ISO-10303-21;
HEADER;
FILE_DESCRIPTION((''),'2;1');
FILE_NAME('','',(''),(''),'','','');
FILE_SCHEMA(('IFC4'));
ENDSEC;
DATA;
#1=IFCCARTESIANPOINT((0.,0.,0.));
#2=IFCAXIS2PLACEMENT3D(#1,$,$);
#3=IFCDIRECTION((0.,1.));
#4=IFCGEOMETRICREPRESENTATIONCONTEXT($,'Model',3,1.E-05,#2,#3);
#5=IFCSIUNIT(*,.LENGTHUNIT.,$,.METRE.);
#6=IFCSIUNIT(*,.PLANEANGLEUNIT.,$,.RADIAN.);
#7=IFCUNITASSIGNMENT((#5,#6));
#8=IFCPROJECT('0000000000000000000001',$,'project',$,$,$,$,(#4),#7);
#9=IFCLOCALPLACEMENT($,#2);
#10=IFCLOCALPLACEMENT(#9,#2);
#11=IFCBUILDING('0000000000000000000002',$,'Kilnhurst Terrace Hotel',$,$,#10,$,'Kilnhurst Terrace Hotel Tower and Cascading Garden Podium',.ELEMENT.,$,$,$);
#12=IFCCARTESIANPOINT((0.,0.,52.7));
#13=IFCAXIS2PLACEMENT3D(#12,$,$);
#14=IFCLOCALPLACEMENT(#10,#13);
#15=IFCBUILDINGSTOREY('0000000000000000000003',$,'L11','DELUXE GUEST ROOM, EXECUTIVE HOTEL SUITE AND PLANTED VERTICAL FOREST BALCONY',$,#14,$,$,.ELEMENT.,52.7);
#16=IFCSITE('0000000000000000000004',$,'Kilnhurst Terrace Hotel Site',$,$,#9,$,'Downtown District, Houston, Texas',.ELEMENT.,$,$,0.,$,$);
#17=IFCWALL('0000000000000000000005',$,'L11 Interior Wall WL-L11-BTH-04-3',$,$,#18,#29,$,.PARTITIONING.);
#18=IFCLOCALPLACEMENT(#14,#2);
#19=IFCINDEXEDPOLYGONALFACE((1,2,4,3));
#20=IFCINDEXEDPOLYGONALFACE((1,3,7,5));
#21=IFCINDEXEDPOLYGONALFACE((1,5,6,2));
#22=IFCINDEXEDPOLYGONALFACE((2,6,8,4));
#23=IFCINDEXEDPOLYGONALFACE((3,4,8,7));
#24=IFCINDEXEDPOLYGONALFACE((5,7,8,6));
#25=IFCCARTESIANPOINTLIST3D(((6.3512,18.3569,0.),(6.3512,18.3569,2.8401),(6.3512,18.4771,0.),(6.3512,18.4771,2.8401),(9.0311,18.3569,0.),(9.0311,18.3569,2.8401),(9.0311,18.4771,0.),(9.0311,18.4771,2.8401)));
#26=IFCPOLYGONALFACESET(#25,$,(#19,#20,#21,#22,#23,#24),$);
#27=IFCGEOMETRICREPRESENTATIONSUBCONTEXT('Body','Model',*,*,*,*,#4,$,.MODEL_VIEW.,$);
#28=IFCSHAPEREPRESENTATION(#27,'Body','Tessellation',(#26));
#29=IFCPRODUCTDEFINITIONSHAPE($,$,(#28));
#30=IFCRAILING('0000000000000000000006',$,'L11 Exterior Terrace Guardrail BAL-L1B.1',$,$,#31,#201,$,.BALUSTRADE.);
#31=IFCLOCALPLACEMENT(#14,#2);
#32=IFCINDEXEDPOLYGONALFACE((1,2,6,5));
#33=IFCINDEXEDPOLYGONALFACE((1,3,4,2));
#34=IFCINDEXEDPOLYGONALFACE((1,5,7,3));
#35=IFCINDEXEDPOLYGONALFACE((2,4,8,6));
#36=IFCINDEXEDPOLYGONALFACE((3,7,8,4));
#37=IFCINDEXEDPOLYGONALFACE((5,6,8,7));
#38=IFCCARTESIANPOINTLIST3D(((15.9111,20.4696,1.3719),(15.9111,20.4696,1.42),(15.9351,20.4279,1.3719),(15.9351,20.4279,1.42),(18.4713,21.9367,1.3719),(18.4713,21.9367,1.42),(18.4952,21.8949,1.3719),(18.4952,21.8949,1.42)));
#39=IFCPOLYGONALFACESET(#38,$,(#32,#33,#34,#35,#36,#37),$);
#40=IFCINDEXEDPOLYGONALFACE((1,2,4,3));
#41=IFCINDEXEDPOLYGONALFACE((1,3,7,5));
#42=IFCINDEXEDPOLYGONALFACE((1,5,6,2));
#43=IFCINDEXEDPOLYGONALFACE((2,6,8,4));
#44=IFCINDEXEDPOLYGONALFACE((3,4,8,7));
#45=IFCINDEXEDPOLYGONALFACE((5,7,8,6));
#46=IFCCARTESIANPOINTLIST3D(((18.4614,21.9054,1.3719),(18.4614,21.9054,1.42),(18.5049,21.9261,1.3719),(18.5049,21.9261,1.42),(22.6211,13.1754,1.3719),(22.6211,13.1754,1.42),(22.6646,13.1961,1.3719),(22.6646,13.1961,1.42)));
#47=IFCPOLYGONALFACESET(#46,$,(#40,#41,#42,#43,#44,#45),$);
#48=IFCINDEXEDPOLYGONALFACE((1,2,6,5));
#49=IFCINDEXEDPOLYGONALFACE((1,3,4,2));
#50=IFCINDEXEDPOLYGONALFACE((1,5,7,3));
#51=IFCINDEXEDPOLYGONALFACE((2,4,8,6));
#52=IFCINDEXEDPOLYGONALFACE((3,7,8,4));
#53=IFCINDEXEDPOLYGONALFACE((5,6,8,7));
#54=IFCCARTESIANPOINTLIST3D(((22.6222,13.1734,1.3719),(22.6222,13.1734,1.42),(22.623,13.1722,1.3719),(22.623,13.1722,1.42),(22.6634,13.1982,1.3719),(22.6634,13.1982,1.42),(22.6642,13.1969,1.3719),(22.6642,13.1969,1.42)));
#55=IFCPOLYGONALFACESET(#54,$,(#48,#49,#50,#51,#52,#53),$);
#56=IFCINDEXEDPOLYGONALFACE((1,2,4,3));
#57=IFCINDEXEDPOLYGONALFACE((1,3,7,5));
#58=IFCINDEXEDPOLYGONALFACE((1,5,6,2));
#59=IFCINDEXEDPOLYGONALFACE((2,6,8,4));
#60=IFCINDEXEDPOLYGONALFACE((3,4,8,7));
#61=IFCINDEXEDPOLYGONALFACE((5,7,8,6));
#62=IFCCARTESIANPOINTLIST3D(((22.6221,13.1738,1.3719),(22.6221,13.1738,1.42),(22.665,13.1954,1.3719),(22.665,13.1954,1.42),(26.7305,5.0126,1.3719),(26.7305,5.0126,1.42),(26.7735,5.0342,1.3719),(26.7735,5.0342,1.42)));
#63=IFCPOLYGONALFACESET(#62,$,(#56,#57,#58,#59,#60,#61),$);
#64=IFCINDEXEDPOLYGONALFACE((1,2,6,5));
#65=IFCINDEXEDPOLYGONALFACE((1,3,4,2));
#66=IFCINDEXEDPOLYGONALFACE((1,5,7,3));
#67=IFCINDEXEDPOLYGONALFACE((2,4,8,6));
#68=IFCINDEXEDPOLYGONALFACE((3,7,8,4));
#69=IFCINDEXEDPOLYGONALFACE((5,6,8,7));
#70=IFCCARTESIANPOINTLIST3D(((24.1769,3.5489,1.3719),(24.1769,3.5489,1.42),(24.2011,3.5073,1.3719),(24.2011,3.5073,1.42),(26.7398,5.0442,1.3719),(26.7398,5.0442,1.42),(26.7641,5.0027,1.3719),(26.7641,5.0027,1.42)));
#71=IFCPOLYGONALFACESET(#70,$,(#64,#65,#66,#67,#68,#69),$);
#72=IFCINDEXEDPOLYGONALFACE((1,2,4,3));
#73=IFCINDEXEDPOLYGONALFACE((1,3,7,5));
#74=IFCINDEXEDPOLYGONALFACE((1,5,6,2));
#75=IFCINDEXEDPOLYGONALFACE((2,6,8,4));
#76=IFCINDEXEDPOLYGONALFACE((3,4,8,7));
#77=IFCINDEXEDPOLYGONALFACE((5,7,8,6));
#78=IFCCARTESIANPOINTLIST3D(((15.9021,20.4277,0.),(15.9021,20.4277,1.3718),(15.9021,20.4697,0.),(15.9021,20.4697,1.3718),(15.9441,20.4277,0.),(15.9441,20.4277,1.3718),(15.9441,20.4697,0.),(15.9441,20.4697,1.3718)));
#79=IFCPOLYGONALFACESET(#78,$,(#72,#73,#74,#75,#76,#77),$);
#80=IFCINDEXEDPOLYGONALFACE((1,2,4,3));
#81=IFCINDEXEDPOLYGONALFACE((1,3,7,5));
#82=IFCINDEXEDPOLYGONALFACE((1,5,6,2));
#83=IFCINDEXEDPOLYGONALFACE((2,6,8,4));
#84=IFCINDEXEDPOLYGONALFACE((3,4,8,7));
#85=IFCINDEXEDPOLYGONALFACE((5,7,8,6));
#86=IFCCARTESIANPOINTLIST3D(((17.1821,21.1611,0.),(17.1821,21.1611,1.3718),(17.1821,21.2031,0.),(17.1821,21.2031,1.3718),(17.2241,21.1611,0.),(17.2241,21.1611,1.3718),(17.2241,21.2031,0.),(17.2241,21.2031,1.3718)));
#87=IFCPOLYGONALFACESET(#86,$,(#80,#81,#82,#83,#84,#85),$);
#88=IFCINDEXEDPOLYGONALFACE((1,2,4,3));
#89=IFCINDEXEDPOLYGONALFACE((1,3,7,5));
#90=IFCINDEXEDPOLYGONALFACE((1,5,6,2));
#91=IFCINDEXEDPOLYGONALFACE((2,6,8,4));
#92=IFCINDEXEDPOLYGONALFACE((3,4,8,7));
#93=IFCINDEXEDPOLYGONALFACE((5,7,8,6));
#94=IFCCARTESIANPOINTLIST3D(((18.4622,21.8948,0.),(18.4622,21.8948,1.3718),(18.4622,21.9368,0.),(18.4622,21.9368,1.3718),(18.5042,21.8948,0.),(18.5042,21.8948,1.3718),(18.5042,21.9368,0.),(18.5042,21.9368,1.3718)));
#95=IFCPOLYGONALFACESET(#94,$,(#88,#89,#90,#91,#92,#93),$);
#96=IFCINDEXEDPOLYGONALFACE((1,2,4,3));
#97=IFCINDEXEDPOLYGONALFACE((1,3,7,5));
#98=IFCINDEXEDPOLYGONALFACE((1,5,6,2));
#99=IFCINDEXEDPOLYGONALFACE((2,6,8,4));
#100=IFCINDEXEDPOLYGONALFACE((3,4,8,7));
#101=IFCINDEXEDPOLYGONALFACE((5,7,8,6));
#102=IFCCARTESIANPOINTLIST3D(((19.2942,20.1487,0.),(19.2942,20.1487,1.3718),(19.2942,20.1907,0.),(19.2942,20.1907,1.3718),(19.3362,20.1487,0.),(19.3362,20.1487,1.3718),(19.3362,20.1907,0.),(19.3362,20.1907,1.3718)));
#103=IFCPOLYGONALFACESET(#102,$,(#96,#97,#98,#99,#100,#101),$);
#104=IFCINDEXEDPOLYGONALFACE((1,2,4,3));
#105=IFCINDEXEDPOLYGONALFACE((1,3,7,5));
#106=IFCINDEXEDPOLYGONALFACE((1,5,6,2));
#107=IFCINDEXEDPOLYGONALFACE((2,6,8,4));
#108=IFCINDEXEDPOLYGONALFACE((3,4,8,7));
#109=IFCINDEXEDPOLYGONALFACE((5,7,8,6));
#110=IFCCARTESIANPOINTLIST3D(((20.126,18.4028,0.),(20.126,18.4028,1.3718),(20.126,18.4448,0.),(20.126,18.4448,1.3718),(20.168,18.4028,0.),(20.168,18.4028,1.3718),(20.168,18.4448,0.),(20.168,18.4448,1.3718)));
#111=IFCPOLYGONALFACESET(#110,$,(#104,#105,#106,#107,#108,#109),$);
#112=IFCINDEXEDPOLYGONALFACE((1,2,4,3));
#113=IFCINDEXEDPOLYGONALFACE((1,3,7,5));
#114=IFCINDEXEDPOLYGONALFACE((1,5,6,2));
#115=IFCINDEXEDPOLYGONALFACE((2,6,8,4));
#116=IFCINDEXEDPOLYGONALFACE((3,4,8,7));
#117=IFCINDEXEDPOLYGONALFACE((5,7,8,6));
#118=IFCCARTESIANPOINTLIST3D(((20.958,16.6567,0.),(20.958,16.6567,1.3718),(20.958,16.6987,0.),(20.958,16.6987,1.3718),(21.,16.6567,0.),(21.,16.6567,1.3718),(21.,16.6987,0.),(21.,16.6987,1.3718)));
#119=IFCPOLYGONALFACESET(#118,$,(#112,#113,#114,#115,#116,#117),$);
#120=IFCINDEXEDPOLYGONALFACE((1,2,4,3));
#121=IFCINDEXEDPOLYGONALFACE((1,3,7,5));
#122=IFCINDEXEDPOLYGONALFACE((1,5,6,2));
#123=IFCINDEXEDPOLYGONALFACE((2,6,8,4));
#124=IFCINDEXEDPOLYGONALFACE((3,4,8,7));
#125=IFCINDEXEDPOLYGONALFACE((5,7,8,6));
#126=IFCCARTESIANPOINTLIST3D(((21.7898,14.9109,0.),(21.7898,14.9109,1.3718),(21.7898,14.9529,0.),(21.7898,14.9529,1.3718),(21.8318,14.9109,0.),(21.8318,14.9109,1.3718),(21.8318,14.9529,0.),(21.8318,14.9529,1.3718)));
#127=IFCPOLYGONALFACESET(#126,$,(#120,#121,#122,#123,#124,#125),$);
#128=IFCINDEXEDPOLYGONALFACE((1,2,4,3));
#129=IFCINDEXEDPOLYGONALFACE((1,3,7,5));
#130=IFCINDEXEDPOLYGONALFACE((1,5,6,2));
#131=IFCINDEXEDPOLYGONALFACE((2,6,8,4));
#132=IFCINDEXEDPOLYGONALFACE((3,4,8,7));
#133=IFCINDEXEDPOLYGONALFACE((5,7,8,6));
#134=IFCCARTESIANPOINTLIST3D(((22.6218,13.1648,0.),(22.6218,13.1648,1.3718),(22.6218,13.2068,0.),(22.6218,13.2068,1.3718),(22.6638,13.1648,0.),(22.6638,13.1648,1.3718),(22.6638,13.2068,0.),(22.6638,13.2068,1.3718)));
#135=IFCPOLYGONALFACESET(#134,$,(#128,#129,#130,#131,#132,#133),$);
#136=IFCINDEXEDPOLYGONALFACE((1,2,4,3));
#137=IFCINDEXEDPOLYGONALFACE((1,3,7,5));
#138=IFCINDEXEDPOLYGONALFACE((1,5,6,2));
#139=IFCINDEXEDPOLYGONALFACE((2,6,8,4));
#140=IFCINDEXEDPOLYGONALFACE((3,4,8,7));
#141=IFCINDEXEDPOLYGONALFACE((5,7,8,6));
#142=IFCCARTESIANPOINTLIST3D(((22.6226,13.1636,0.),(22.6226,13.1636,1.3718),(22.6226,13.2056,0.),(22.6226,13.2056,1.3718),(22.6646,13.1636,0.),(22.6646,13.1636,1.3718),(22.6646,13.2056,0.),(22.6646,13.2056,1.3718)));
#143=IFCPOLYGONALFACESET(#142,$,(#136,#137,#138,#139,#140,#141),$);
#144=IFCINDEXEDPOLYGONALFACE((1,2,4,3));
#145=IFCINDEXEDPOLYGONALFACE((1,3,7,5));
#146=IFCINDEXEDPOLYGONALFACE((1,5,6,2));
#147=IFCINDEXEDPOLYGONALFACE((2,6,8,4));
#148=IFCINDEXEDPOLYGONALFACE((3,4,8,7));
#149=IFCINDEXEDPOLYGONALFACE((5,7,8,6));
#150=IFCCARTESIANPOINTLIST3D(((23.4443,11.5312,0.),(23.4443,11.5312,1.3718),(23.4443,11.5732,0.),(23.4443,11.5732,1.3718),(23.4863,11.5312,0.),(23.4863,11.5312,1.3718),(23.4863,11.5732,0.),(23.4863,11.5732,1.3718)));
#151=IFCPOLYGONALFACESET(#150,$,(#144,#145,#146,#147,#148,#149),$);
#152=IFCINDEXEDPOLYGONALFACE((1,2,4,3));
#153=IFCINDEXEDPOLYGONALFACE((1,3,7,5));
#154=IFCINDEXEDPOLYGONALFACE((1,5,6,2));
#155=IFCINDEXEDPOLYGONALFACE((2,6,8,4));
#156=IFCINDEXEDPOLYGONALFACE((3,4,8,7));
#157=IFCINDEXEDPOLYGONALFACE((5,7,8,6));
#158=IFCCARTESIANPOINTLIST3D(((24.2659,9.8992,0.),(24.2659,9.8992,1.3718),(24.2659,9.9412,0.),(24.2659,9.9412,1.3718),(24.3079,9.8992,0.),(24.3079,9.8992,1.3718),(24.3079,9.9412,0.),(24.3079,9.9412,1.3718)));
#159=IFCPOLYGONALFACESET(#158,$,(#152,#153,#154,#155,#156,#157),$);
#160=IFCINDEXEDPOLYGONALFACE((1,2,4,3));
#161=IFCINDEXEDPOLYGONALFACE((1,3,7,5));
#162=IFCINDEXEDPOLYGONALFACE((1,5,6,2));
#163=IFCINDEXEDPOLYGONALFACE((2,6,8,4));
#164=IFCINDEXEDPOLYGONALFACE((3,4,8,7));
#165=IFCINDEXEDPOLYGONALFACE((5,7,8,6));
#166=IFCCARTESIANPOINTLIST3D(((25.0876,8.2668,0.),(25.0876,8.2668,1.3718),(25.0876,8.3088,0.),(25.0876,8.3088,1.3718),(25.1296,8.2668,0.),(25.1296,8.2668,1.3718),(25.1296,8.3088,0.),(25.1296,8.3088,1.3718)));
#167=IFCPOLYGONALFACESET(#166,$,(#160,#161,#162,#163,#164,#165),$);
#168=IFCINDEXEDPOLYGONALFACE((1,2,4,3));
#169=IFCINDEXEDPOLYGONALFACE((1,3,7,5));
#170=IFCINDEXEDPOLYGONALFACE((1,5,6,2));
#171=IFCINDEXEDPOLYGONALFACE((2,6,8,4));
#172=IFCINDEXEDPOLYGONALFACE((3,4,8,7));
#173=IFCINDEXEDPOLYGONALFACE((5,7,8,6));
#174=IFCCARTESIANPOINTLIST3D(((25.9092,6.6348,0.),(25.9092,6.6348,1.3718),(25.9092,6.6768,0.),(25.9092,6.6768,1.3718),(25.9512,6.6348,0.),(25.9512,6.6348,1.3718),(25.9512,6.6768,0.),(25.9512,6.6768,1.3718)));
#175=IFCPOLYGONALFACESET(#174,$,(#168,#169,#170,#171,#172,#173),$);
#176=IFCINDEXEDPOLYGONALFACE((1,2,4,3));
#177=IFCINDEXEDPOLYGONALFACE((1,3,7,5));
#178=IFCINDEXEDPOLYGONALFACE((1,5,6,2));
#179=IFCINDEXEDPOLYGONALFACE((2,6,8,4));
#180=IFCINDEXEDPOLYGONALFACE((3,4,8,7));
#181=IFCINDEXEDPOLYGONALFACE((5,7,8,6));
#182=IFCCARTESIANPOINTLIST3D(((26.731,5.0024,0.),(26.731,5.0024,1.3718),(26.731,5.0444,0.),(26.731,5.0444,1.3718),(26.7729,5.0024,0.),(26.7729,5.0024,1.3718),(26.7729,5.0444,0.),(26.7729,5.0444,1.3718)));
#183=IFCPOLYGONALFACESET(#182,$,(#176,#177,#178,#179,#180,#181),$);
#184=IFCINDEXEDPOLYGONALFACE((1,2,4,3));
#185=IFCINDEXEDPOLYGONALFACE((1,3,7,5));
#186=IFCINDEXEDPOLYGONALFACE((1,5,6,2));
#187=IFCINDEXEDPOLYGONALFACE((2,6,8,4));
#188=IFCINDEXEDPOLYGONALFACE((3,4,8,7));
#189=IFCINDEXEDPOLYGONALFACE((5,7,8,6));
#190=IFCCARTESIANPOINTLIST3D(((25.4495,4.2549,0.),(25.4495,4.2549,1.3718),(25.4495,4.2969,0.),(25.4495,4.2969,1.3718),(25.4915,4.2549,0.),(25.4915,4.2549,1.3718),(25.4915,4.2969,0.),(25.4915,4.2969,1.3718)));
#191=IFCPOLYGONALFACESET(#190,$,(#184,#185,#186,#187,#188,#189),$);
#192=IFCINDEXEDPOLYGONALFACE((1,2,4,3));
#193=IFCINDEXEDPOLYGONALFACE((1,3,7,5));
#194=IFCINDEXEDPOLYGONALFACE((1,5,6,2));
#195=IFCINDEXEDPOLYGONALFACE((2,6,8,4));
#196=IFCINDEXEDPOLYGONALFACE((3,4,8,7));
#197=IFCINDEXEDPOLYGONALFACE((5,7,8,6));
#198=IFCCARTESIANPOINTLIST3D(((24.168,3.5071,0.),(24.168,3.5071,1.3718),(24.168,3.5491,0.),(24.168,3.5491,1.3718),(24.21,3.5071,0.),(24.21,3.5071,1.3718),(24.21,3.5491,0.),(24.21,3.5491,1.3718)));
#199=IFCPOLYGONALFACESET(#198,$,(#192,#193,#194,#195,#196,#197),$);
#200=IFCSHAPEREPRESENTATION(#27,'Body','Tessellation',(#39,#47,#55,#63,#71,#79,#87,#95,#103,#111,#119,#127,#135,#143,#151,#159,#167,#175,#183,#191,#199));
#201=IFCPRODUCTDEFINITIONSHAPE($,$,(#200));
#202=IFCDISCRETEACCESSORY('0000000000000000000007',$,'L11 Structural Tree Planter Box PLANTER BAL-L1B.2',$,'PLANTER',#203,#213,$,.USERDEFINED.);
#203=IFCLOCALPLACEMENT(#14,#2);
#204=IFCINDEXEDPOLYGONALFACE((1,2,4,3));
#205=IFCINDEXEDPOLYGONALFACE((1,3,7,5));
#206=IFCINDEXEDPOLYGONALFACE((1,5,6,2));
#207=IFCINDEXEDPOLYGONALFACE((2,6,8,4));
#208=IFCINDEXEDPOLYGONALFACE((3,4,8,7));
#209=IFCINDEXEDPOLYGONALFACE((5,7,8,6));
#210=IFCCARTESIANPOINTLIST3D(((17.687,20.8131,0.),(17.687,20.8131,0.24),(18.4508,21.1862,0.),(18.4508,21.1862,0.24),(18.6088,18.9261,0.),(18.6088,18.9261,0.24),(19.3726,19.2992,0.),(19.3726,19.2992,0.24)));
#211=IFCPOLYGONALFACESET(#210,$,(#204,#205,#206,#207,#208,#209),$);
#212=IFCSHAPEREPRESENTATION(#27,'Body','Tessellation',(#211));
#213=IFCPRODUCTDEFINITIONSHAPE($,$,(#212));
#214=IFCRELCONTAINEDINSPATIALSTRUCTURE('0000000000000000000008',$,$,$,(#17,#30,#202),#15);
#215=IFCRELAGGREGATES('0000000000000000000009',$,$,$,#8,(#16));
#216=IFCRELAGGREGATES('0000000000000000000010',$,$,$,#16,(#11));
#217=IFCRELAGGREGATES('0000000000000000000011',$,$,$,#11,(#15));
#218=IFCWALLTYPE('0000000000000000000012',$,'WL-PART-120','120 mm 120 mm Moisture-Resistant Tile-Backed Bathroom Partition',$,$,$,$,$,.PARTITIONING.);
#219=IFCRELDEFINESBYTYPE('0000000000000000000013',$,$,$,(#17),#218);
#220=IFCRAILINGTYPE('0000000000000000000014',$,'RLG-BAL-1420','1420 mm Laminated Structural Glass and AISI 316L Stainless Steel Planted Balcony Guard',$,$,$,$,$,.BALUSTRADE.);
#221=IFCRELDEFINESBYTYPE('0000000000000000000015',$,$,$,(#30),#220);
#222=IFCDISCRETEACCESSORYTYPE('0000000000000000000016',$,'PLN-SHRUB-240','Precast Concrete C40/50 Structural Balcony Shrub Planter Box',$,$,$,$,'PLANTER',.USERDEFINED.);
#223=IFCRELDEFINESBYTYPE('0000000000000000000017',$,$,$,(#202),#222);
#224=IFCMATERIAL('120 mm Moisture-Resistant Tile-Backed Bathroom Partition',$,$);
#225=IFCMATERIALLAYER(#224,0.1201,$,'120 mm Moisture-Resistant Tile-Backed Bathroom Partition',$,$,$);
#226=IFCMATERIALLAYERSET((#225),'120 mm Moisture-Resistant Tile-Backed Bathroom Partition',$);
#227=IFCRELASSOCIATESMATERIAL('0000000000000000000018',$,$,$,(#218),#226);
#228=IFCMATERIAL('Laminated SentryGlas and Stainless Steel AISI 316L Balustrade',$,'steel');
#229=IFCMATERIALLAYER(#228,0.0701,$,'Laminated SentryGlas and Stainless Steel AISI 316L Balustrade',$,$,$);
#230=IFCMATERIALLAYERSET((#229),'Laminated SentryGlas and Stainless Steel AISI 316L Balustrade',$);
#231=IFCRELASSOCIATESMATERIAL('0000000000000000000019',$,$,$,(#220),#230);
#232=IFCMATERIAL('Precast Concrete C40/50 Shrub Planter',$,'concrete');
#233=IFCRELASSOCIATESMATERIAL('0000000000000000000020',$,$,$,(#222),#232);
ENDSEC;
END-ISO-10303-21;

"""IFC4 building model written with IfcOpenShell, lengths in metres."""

from ifc_helpers import new_model, si_unit, direction, frame, frame_2d, origin, origin_2d, place, context, subcontext, project, spatial, rectangle, extrude, material, layer, layer_set, type_object, element, save


model = new_model("IFC4")

# Units and contexts
model_context = context("Model", 3, precision=1e-05, world=origin(), true_north=direction((0.0, 1.0)))
body_context = subcontext(model_context, "Body", "Model", "MODEL_VIEW")
ifc_project = project(units=[si_unit("LENGTHUNIT", "METRE"), si_unit("PLANEANGLEUNIT", "RADIAN")], contexts=[model_context])

# Site, building, storey
site_placement = place(None, origin())
site = spatial("IfcSite", under=ifc_project, at=site_placement, Name="Kilnhurst Terrace Hotel Site", LongName="Downtown District, Houston, Texas", CompositionType="ELEMENT", RefElevation=0.0)
building_placement = place(site_placement, origin())
building = spatial("IfcBuilding", under=site, at=building_placement, Name="Kilnhurst Terrace Hotel", LongName="Kilnhurst Terrace Hotel Tower and Cascading Garden Podium", CompositionType="ELEMENT")
storey_placement = place(building_placement, frame((0.0, 0.0, 52.7)))
storey = spatial("IfcBuildingStorey", under=building, at=storey_placement, Name="L11", Description="DELUXE GUEST ROOM, EXECUTIVE HOTEL SUITE AND PLANTED VERTICAL FOREST BALCONY", CompositionType="ELEMENT", Elevation=52.7)

# Wall
ifc_material_1 = material(Name="120 mm Moisture-Resistant Tile-Backed Bathroom Partition")
ifc_layer_1 = layer(ifc_material_1, 0.1201, Name="120 mm Moisture-Resistant Tile-Backed Bathroom Partition")
ifc_layer_set_1 = layer_set([ifc_layer_1], Name="120 mm Moisture-Resistant Tile-Backed Bathroom Partition")
wall_type_1 = type_object("IfcWallType", Name="WL-PART-120", Description="120 mm 120 mm Moisture-Resistant Tile-Backed Bathroom Partition", PredefinedType="PARTITIONING", material=ifc_layer_set_1)
wall_1_placement = place(storey_placement, frame((9.031, 18.417, 0.0), z_axis=(0.0, 0.0, 1.0), x_axis=(-1.0, 0.0, 0.0)))
element("IfcWall", 1, at=wall_1_placement, inside=storey, type_object=wall_type_1, Name="L11 Interior Wall WL-L11-BTH-04-3", PredefinedType="PARTITIONING", context=body_context, shape_type="SweptSolid", body=[
    extrude(rectangle(XDim=2.6799, YDim=0.1201, at=frame_2d((1.3398, 0.0))), origin(), (0.0, 0.0, 1.0), 2.8401),
])

# Railing
ifc_material_2 = material(Name="Laminated SentryGlas and Stainless Steel AISI 316L Balustrade", Category="steel")
ifc_layer_2 = layer(ifc_material_2, 0.0701, Name="Laminated SentryGlas and Stainless Steel AISI 316L Balustrade")
ifc_layer_set_2 = layer_set([ifc_layer_2], Name="Laminated SentryGlas and Stainless Steel AISI 316L Balustrade")
railing_type = type_object("IfcRailingType", Name="RLG-BAL-1420", Description="1420 mm Laminated Structural Glass and AISI 316L Stainless Steel Planted Balcony Guard", PredefinedType="BALUSTRADE", material=ifc_layer_set_2)
railing_placement = place(storey_placement, frame((15.9231, 20.4487, 0.0)))
element("IfcRailing", 2, at=railing_placement, inside=storey, type_object=railing_type, Name="L11 Exterior Terrace Guardrail BAL-L1B.1", PredefinedType="BALUSTRADE", context=body_context, shape_type="SweptSolid", body=[
    extrude(rectangle(XDim=0.0481, YDim=0.0481, at=origin_2d()), frame((0.0, 0.0, 1.396), z_axis=(0.867637, 0.497199, 0.0), x_axis=(-0.497199, 0.867637, 0.0)), (0.0, 0.0, 1.0), 2.9507),
    extrude(rectangle(XDim=0.0481, YDim=0.0481, at=origin_2d()), frame((2.5601, 1.467, 1.396), z_axis=(0.430147, -0.902759, 0.0), x_axis=(0.902759, 0.430147, 0.0)), (0.0, 0.0, 1.0), 9.6704),
    extrude(rectangle(XDim=0.0481, YDim=0.0481, at=origin_2d()), frame((6.7197, -7.2629, 1.396), z_axis=(0.514496, -0.857493, 0.0), x_axis=(0.857493, 0.514496, 0.0)), (0.0, 0.0, 1.0), 0.0015),
    extrude(rectangle(XDim=0.0481, YDim=0.0481, at=origin_2d()), frame((6.7205, -7.2642, 1.396), z_axis=(0.449649, -0.893205, 0.0), x_axis=(0.893205, 0.449649, 0.0)), (0.0, 0.0, 1.0), 9.137),
    extrude(rectangle(XDim=0.0481, YDim=0.0481, at=origin_2d()), frame((10.8289, -15.4253, 1.396), z_axis=(-0.863737, -0.503943, 0.0), x_axis=(0.503943, -0.863737, 0.0)), (0.0, 0.0, 1.0), 2.9673),
    extrude(rectangle(XDim=0.042, YDim=0.042, at=origin_2d()), origin(), (0.0, 0.0, 1.0), 1.3718),
    extrude(rectangle(XDim=0.042, YDim=0.042, at=origin_2d()), frame((1.28, 0.7334, 0.0)), (0.0, 0.0, 1.0), 1.3718),
    extrude(rectangle(XDim=0.042, YDim=0.042, at=origin_2d()), frame((2.5601, 1.467, 0.0)), (0.0, 0.0, 1.0), 1.3718),
    extrude(rectangle(XDim=0.042, YDim=0.042, at=origin_2d()), frame((3.3921, -0.2791, 0.0)), (0.0, 0.0, 1.0), 1.3718),
    extrude(rectangle(XDim=0.042, YDim=0.042, at=origin_2d()), frame((4.2239, -2.0249, 0.0)), (0.0, 0.0, 1.0), 1.3718),
    extrude(rectangle(XDim=0.042, YDim=0.042, at=origin_2d()), frame((5.0559, -3.771, 0.0)), (0.0, 0.0, 1.0), 1.3718),
    extrude(rectangle(XDim=0.042, YDim=0.042, at=origin_2d()), frame((5.8877, -5.5168, 0.0)), (0.0, 0.0, 1.0), 1.3718),
    extrude(rectangle(XDim=0.042, YDim=0.042, at=origin_2d()), frame((6.7197, -7.2629, 0.0)), (0.0, 0.0, 1.0), 1.3718),
    extrude(rectangle(XDim=0.042, YDim=0.042, at=origin_2d()), frame((6.7205, -7.2642, 0.0)), (0.0, 0.0, 1.0), 1.3718),
    extrude(rectangle(XDim=0.042, YDim=0.042, at=origin_2d()), frame((7.5422, -8.8965, 0.0)), (0.0, 0.0, 1.0), 1.3718),
    extrude(rectangle(XDim=0.042, YDim=0.042, at=origin_2d()), frame((8.3638, -10.5286, 0.0)), (0.0, 0.0, 1.0), 1.3718),
    extrude(rectangle(XDim=0.042, YDim=0.042, at=origin_2d()), frame((9.1855, -12.1609, 0.0)), (0.0, 0.0, 1.0), 1.3718),
    extrude(rectangle(XDim=0.042, YDim=0.042, at=origin_2d()), frame((10.0071, -13.793, 0.0)), (0.0, 0.0, 1.0), 1.3718),
    extrude(rectangle(XDim=0.042, YDim=0.042, at=origin_2d()), frame((10.8289, -15.4253, 0.0)), (0.0, 0.0, 1.0), 1.3718),
    extrude(rectangle(XDim=0.042, YDim=0.042, at=origin_2d()), frame((9.5474, -16.1729, 0.0)), (0.0, 0.0, 1.0), 1.3718),
    extrude(rectangle(XDim=0.042, YDim=0.042, at=origin_2d()), frame((8.2659, -16.9207, 0.0)), (0.0, 0.0, 1.0), 1.3718),
])

# Discrete accessory
ifc_material_3 = material(Name="Precast Concrete C40/50 Shrub Planter", Category="concrete")
discrete_accessory_type = type_object("IfcDiscreteAccessoryType", Name="PLN-SHRUB-240", Description="Precast Concrete C40/50 Structural Balcony Shrub Planter Box", ElementType="PLANTER", PredefinedType="USERDEFINED", material=ifc_material_3)
discrete_accessory_placement = place(storey_placement, frame((18.5298, 20.0562, 0.0), z_axis=(0.0, 0.0, 1.0), x_axis=(-0.438936, 0.898518, 0.0)))
element("IfcDiscreteAccessory", 3, at=discrete_accessory_placement, inside=storey, type_object=discrete_accessory_type, Name="L11 Structural Tree Planter Box PLANTER BAL-L1B.2", ObjectType="PLANTER", PredefinedType="USERDEFINED", context=body_context, shape_type="SweptSolid", body=[
    extrude(rectangle(XDim=2.1001, YDim=0.8501, at=origin_2d()), origin(), (0.0, 0.0, 1.0), 0.24),
])

save(model, "model.ifc")
